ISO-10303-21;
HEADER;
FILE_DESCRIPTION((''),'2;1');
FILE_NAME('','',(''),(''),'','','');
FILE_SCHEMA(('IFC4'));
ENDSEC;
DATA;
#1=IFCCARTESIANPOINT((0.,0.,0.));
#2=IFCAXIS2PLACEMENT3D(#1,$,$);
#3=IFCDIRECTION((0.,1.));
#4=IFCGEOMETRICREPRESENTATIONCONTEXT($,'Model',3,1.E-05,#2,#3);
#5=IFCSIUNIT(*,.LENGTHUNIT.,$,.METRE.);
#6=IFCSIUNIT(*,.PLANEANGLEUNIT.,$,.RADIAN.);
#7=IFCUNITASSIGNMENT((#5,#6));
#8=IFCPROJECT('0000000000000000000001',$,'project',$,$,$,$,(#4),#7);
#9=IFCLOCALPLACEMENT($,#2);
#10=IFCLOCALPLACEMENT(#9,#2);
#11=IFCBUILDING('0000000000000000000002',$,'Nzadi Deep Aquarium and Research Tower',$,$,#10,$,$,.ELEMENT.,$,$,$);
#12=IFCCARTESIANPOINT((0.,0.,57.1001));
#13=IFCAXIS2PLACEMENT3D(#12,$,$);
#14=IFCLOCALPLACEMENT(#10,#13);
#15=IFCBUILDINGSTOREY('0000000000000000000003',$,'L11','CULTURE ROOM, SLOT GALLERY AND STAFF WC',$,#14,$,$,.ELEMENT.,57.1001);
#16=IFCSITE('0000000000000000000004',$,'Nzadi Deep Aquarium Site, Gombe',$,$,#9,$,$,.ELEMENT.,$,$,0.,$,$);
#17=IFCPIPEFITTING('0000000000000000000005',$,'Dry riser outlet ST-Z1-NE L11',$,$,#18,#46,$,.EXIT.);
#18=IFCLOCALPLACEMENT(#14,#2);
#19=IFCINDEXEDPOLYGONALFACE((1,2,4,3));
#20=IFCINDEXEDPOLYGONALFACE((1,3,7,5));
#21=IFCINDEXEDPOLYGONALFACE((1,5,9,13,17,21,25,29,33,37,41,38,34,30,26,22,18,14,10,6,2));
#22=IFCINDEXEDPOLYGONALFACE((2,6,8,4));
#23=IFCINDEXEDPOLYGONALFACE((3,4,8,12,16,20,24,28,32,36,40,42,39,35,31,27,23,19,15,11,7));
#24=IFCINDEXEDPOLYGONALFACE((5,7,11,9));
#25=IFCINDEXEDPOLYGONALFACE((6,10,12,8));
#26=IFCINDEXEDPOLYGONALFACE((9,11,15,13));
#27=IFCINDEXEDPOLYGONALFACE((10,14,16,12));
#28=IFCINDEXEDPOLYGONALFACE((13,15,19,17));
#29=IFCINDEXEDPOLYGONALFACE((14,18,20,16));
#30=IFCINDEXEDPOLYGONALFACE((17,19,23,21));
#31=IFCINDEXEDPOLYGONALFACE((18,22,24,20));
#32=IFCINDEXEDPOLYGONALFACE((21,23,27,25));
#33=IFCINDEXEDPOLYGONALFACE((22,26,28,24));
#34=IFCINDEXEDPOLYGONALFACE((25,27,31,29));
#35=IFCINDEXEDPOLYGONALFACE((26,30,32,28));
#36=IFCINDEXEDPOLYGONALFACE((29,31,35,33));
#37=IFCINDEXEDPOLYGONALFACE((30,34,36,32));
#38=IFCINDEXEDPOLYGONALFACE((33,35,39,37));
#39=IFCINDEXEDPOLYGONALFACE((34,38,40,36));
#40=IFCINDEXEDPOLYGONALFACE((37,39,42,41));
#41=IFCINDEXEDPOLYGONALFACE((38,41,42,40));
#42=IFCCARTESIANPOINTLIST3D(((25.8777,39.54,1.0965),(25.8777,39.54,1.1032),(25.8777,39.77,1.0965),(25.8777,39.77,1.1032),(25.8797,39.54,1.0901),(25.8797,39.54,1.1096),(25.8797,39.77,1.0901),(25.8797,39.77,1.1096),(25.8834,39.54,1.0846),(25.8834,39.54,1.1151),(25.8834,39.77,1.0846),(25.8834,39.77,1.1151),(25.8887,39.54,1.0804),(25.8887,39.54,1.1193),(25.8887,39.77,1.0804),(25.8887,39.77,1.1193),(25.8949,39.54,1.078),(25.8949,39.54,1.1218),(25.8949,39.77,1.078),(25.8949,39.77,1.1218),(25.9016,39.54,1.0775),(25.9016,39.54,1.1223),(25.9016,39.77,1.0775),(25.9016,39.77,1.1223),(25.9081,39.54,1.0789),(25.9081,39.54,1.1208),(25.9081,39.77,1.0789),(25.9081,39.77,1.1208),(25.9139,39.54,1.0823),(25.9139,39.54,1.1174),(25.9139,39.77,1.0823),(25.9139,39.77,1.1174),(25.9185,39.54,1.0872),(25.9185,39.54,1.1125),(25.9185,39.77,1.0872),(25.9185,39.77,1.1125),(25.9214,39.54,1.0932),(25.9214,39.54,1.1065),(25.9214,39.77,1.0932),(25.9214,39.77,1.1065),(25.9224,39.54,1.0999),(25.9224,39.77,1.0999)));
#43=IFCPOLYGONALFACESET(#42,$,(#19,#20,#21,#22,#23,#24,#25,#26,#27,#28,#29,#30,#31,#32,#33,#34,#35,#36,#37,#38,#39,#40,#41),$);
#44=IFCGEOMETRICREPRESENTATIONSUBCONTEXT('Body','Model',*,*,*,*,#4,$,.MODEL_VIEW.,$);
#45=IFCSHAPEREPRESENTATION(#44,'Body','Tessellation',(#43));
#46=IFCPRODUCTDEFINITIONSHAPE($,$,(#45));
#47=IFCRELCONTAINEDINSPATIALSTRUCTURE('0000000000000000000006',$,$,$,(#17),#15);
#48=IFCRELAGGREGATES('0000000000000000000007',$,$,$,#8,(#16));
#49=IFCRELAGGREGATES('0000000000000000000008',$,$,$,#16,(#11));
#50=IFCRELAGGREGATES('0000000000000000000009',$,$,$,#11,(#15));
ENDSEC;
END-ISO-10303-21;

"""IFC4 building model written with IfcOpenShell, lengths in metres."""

from ifc_helpers import new_model, si_unit, direction, frame, origin, origin_2d, place, context, subcontext, project, spatial, circle, extrude, element, save


model = new_model("IFC4")

# Units and contexts
model_context = context("Model", 3, precision=1e-05, world=origin(), true_north=direction((0.0, 1.0)))
body_context = subcontext(model_context, "Body", "Model", "MODEL_VIEW")
ifc_project = project(units=[si_unit("LENGTHUNIT", "METRE"), si_unit("PLANEANGLEUNIT", "RADIAN")], contexts=[model_context])

# Site, building, storey
site_placement = place(None, origin())
site = spatial("IfcSite", under=ifc_project, at=site_placement, Name="Nzadi Deep Aquarium Site, Gombe", CompositionType="ELEMENT", RefElevation=0.0)
building_placement = place(site_placement, origin())
building = spatial("IfcBuilding", under=site, at=building_placement, Name="Nzadi Deep Aquarium and Research Tower", CompositionType="ELEMENT")
storey_placement = place(building_placement, frame((0.0, 0.0, 57.1001)))
storey = spatial("IfcBuildingStorey", under=building, at=storey_placement, Name="L11", Description="CULTURE ROOM, SLOT GALLERY AND STAFF WC", CompositionType="ELEMENT", Elevation=57.1001)

# Pipe fitting
pipe_fitting_placement = place(storey_placement, frame((25.8999, 39.77, 1.0999), z_axis=(0.0, -1.0, 0.0), x_axis=(1.0, 0.0, 0.0)))
element("IfcPipeFitting", 1, at=pipe_fitting_placement, inside=storey, Name="Dry riser outlet ST-Z1-NE L11", PredefinedType="EXIT", context=body_context, shape_type="SweptSolid", body=[
    extrude(circle(Radius=0.0225, at=origin_2d()), origin(), (0.0, 0.0, 1.0), 0.23),
])

save(model, "model.ifc")
